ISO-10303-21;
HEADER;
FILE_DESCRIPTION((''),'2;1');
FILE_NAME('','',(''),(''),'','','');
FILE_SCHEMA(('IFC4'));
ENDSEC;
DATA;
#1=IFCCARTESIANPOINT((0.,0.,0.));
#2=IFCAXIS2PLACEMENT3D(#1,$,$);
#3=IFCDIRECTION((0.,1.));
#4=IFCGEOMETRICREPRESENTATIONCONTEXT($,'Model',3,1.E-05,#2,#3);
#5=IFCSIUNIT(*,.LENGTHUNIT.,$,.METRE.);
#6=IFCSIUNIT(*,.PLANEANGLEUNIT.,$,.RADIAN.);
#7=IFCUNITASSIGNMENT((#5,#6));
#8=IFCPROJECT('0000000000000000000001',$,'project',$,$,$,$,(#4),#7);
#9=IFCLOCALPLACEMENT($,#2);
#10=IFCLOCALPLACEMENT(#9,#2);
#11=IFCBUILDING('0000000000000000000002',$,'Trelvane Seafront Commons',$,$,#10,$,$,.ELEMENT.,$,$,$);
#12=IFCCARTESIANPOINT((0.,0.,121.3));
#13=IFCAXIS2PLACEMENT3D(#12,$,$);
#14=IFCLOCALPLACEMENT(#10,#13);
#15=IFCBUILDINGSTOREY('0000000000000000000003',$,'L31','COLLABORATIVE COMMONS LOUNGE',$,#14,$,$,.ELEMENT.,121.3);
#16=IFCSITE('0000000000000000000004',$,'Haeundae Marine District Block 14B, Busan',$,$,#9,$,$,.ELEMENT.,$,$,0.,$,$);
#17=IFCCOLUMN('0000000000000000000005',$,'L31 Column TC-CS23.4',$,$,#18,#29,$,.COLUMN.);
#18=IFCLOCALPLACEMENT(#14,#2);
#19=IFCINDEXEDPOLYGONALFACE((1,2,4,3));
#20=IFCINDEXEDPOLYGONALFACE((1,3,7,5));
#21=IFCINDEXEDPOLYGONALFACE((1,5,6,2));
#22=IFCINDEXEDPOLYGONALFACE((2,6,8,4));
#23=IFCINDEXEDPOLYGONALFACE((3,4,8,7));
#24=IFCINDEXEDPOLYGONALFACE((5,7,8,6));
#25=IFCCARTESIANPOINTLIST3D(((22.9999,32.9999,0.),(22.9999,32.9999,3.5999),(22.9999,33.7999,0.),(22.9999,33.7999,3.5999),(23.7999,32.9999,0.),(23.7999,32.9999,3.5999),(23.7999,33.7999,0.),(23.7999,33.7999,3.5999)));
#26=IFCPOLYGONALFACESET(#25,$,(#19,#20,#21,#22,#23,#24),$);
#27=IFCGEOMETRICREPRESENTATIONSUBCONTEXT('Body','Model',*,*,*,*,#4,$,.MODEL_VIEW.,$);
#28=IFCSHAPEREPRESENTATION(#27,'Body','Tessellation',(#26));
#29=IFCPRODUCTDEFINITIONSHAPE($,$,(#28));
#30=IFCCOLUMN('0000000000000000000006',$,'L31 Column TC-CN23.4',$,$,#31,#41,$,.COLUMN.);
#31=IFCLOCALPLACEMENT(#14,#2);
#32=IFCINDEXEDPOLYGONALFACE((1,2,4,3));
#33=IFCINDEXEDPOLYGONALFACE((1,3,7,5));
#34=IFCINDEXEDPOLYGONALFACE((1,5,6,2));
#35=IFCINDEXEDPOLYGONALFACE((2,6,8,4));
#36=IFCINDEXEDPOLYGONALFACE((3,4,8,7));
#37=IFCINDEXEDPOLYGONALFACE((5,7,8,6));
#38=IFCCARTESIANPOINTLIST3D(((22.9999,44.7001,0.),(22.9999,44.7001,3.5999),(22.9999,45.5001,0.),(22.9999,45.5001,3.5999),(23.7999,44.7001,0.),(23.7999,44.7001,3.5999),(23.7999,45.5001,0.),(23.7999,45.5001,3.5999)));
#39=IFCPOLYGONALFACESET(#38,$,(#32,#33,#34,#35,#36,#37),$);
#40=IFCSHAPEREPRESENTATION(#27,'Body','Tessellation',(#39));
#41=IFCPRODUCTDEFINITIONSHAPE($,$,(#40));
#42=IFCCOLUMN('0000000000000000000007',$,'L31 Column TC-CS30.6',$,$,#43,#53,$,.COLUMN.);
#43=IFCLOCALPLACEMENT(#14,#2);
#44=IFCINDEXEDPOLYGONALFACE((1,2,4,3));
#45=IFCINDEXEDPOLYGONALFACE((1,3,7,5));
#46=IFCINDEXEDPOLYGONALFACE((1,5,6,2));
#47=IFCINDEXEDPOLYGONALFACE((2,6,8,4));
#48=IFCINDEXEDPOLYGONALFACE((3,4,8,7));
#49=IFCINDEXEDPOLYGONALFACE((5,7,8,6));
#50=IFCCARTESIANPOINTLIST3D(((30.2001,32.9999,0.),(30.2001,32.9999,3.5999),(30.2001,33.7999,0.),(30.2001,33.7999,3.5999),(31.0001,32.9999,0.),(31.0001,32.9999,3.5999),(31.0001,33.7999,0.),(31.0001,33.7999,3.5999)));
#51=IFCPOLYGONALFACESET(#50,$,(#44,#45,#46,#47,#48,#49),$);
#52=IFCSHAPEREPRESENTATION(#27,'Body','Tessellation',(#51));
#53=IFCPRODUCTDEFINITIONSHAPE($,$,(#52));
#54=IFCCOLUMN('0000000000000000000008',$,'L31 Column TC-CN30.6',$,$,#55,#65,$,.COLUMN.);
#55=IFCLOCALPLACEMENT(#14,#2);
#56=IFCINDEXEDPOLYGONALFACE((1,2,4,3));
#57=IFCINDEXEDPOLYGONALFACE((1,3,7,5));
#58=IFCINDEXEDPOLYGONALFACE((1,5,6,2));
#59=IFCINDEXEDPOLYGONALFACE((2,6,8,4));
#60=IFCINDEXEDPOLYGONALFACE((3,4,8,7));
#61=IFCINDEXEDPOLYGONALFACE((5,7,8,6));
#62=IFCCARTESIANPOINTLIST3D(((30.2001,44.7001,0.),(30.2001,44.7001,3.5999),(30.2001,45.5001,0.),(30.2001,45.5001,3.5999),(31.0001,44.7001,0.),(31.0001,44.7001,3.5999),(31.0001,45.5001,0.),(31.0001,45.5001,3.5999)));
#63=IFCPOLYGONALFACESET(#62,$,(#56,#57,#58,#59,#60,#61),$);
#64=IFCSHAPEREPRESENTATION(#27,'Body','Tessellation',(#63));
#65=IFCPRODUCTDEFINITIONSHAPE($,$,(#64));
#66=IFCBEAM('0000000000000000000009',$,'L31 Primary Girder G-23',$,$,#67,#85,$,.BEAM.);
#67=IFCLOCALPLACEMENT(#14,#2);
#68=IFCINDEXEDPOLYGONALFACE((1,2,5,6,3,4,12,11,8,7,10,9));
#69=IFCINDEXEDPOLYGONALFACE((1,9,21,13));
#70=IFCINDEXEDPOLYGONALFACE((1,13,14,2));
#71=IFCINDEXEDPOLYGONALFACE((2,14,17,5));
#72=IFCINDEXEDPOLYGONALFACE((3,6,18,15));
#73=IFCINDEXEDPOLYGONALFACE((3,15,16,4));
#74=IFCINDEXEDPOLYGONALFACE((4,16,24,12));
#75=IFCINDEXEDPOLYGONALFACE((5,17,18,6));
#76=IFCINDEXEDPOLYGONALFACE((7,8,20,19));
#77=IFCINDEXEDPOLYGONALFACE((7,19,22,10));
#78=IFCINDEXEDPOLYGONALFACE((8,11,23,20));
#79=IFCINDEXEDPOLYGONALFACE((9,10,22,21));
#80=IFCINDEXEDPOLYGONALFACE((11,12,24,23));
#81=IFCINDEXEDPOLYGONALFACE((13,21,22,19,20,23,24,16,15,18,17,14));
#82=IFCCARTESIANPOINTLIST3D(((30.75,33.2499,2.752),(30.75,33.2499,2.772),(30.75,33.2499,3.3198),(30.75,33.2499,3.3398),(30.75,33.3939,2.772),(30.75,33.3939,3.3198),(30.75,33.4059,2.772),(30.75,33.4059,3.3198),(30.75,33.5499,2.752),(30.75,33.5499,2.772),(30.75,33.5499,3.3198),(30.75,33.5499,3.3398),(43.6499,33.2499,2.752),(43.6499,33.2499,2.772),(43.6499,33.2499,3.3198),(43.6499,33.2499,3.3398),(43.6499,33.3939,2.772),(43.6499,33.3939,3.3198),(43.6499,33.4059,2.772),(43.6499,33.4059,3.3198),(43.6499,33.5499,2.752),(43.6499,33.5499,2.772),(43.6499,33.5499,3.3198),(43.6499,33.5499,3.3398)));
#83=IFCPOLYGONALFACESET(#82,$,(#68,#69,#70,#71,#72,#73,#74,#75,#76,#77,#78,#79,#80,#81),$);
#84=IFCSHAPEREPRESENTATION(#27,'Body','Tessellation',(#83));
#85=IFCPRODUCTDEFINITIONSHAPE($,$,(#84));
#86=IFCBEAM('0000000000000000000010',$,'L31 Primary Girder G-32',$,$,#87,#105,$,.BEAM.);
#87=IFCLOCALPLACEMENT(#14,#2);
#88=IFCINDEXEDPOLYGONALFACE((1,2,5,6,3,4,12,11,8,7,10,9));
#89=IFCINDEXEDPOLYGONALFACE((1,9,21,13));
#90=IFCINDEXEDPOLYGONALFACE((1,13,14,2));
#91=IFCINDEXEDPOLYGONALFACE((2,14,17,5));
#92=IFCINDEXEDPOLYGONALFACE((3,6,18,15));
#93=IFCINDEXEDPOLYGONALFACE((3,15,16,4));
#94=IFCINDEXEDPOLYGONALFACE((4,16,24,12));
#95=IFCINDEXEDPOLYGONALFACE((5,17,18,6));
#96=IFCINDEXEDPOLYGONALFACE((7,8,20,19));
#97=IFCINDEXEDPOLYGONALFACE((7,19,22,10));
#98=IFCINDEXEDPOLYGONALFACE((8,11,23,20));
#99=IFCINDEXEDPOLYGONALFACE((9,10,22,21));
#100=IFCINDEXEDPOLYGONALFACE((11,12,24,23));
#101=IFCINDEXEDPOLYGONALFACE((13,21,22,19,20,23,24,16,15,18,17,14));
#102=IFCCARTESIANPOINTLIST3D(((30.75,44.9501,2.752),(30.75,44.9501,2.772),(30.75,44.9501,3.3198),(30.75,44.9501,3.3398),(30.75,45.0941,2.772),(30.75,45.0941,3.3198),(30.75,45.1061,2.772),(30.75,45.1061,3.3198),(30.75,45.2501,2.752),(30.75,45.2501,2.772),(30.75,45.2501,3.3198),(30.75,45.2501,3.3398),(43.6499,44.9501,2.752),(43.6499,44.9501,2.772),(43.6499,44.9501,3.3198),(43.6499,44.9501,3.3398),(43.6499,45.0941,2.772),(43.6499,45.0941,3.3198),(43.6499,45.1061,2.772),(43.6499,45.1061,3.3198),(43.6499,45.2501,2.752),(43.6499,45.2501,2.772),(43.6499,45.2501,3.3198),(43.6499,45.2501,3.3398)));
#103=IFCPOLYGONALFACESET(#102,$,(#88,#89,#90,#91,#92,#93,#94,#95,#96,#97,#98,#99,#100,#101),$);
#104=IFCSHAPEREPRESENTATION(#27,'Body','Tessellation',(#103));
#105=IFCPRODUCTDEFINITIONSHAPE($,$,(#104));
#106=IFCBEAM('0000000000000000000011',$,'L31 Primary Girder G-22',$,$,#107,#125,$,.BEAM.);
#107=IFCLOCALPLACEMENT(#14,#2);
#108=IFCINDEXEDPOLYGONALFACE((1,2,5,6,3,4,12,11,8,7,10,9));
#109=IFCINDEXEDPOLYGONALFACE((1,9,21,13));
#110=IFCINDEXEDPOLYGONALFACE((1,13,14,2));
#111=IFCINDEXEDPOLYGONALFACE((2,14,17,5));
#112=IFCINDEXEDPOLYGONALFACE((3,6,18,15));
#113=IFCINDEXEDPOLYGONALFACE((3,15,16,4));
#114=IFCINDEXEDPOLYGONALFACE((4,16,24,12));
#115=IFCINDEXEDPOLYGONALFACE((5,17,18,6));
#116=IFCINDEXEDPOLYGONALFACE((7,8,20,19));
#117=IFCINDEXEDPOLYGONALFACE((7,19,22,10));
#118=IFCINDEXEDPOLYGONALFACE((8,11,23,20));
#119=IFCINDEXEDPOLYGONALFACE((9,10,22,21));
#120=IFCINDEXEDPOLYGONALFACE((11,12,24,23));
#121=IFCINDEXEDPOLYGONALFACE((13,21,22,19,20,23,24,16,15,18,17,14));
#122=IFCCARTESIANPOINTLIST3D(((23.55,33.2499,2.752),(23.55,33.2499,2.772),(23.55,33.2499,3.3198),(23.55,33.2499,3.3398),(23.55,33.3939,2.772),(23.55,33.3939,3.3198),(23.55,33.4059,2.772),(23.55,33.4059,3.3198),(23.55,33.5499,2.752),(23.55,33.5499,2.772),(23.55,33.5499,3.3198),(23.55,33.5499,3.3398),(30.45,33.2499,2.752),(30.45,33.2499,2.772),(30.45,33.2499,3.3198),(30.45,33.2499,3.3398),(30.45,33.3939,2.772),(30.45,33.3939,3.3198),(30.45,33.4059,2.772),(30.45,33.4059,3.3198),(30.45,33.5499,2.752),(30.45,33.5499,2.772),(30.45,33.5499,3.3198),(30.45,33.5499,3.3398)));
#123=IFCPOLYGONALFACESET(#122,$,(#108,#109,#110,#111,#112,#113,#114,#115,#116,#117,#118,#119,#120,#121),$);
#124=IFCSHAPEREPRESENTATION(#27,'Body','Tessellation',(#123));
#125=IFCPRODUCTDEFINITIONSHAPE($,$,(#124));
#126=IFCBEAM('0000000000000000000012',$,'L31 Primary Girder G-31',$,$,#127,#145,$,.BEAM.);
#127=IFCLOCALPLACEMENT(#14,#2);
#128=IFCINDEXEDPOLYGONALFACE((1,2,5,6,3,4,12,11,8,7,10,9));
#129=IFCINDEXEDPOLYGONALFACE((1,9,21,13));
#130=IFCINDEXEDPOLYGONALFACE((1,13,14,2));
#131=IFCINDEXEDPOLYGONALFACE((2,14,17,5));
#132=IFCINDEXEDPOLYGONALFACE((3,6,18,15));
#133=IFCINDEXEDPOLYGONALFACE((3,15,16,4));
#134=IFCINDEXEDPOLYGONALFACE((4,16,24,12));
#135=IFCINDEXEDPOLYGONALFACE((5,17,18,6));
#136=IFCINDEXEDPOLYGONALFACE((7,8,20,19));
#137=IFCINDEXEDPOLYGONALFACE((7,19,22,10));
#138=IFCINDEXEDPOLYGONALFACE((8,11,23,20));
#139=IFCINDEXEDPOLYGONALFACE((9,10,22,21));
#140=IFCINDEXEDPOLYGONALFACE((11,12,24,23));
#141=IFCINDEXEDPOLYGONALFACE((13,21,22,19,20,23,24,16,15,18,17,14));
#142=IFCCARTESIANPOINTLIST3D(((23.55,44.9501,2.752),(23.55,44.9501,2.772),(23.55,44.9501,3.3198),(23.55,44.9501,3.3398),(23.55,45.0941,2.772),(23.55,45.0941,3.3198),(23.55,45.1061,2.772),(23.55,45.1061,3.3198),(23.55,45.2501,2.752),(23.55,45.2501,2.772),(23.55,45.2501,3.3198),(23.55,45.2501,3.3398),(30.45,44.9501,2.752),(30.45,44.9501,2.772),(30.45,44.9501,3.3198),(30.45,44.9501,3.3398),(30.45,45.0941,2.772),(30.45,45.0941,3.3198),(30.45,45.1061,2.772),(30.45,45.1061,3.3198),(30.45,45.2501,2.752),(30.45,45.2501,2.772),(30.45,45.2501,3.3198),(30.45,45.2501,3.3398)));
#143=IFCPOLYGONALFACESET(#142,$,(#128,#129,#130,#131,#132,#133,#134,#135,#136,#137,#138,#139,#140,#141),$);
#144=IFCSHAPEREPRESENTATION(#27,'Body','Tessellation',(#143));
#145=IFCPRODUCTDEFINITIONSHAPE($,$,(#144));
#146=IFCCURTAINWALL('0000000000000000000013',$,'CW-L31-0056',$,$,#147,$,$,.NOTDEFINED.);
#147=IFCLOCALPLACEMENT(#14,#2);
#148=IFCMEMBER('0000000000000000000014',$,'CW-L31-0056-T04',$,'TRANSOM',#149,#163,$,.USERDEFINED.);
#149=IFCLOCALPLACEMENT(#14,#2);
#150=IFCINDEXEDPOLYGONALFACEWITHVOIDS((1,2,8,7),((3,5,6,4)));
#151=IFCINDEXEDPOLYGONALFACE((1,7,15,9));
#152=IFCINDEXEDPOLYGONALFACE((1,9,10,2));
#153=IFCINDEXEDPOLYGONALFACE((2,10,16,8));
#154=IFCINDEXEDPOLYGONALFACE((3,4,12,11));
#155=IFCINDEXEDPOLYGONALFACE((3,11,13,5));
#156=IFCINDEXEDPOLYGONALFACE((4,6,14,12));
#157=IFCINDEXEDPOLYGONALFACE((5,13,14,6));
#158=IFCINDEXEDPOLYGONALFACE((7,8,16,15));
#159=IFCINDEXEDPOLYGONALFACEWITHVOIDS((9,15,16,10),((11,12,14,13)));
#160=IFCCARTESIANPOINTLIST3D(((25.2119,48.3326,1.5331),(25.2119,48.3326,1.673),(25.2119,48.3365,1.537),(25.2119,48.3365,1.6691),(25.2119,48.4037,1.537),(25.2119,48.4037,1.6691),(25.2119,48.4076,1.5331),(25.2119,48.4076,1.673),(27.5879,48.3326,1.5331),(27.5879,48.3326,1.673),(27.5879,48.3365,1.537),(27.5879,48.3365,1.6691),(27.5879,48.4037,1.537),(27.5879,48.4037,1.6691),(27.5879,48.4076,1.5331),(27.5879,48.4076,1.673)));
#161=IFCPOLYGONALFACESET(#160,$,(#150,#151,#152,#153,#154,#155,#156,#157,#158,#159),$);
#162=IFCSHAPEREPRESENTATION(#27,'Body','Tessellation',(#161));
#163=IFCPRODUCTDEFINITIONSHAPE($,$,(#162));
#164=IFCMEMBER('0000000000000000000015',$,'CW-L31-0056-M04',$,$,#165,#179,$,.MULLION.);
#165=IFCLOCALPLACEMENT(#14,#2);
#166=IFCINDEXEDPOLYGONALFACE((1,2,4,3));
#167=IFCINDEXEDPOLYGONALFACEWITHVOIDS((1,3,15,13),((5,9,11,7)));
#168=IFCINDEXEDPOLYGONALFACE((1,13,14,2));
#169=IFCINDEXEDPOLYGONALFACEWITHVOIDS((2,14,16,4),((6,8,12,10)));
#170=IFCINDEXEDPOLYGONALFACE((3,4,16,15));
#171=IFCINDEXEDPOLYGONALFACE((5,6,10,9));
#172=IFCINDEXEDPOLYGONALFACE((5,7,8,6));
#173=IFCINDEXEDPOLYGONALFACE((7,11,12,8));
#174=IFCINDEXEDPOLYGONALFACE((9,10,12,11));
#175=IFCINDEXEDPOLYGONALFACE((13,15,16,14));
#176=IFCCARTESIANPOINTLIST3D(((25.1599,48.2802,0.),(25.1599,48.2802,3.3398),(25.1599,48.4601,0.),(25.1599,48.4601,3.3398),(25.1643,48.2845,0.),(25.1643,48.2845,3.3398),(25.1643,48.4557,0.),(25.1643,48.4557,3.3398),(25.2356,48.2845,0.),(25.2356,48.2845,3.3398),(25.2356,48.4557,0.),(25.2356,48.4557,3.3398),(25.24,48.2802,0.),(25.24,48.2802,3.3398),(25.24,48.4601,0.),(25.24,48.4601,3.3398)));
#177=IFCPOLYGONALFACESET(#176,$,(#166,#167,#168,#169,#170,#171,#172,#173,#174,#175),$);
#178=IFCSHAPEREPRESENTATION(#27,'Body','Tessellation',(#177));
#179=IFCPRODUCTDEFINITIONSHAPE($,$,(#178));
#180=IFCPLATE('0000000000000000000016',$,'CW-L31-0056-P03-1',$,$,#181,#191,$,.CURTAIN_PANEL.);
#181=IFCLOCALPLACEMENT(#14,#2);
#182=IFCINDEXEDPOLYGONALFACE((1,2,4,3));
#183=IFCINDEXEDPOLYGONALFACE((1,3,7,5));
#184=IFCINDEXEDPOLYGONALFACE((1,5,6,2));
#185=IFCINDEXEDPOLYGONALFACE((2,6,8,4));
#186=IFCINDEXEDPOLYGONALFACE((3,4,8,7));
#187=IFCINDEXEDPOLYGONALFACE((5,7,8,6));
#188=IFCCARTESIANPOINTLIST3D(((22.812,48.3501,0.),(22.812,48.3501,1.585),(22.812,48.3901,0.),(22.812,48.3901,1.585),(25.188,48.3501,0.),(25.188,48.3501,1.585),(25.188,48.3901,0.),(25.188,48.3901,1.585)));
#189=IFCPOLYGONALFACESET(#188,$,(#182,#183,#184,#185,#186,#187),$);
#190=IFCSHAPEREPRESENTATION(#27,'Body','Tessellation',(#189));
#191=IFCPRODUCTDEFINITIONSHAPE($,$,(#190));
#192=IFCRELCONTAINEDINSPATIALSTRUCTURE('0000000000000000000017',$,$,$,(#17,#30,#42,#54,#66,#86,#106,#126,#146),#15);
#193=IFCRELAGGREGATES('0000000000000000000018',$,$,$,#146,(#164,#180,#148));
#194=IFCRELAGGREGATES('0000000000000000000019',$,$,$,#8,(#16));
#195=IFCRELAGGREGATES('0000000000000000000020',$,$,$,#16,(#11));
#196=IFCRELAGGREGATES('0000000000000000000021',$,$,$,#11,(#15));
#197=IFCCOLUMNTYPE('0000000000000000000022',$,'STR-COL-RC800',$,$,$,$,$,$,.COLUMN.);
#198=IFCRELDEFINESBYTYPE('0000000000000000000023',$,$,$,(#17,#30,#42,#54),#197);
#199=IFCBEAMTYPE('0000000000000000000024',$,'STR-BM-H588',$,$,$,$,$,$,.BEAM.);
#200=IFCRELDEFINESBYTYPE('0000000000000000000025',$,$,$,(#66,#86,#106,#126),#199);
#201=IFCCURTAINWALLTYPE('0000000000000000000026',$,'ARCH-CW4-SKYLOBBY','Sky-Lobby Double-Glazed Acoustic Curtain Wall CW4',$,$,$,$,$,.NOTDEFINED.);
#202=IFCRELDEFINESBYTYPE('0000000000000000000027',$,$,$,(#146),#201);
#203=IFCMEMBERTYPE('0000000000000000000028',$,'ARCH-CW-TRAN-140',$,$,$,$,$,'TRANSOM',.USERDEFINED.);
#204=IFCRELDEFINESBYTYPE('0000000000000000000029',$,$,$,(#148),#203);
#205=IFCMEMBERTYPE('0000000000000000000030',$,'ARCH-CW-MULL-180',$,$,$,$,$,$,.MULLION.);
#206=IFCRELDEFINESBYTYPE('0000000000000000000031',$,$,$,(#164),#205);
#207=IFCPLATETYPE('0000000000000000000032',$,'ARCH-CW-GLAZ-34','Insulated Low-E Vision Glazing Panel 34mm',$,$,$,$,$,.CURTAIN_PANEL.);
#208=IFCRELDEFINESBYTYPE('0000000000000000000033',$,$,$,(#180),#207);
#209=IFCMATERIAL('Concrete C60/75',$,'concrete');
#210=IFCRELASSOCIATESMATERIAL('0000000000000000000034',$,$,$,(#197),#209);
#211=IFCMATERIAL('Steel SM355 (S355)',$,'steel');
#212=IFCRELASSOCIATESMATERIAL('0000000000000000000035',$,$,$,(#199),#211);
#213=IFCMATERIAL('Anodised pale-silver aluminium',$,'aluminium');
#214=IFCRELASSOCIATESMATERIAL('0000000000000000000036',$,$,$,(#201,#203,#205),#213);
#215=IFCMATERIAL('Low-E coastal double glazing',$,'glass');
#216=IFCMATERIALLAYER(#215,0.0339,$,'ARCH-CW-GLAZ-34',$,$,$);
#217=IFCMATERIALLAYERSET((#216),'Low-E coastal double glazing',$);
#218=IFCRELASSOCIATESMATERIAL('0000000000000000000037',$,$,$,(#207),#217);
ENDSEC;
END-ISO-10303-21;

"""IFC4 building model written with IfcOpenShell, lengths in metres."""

from ifc_helpers import new_model, si_unit, direction, frame, origin, origin_2d, place, context, subcontext, project, spatial, rectangle, hollow_rectangle, i_section, extrude, source, transform, mapped, material, layer, layer_set, material_profile, profile_set, type_object, element, aggregate, save


model = new_model("IFC4")

# Units and contexts
model_context = context("Model", 3, precision=1e-05, world=origin(), true_north=direction((0.0, 1.0)))
body_context = subcontext(model_context, "Body", "Model", "MODEL_VIEW")
ifc_project = project(units=[si_unit("LENGTHUNIT", "METRE"), si_unit("PLANEANGLEUNIT", "RADIAN")], contexts=[model_context])

# Site, building, storey
site_placement = place(None, origin())
site = spatial("IfcSite", under=ifc_project, at=site_placement, Name="Haeundae Marine District Block 14B, Busan", CompositionType="ELEMENT", RefElevation=0.0)
building_placement = place(site_placement, origin())
building = spatial("IfcBuilding", under=site, at=building_placement, Name="Trelvane Seafront Commons", CompositionType="ELEMENT")
storey_placement = place(building_placement, frame((0.0, 0.0, 121.3)))
storey = spatial("IfcBuildingStorey", under=building, at=storey_placement, Name="L31", Description="COLLABORATIVE COMMONS LOUNGE", CompositionType="ELEMENT", Elevation=121.3)

# Columns
ifc_material_1 = material(Name="Concrete C60/75", Category="concrete")
ifc_material_profile_1 = material_profile(ifc_material_1, rectangle(XDim=0.8, YDim=0.8, at=origin_2d()), Name="RC-800x800")
ifc_profile_set_1 = profile_set([ifc_material_profile_1], Name="Concrete C60/75")
column_type = type_object("IfcColumnType", Name="STR-COL-RC800", PredefinedType="COLUMN", material=ifc_profile_set_1)
shared_shape_1 = source(origin(), body_context, "Body", "SweptSolid", [
    extrude(rectangle(XDim=0.8, YDim=0.8, at=origin_2d()), origin(), (0.0, 0.0, 1.0), 3.5999),
])
for number, where, z_axis, x_axis, name in (
    (1, (23.3999, 33.3999, 0.0), (0.0, 0.0, 1.0), (1.0, 0.0, 0.0), "L31 Column TC-CS23.4"),
    (2, (23.3999, 45.1001, 0.0), (0.0, 0.0, 1.0), (1.0, 0.0, 0.0), "L31 Column TC-CN23.4"),
    (3, (30.6001, 33.3999, 0.0), (0.0, 0.0, 1.0), (1.0, 0.0, 0.0), "L31 Column TC-CS30.6"),
    (4, (30.6001, 45.1001, 0.0), (0.0, 0.0, 1.0), (1.0, 0.0, 0.0), "L31 Column TC-CN30.6"),
):
    element("IfcColumn", number, at=place(storey_placement, frame(where, z_axis=z_axis, x_axis=x_axis)), inside=storey, type_object=column_type, Name=name, PredefinedType="COLUMN", context=body_context, shape_type="MappedRepresentation", body=[
        mapped(shared_shape_1, transform((0.0, 0.0, 0.0), x_axis=(1.0, 0.0, 0.0), y_axis=(0.0, 1.0, 0.0), z_axis=(0.0, 0.0, 1.0), scale=1.0)),
    ])

# Beams
ifc_material_2 = material(Name="Steel SM355 (S355)", Category="steel")
ifc_material_profile_2 = material_profile(ifc_material_2, i_section(OverallWidth=0.3, OverallDepth=0.5879, WebThickness=0.012, FlangeThickness=0.02, at=origin_2d()), Name="H-588x300x12x20")
ifc_profile_set_2 = profile_set([ifc_material_profile_2], Name="Steel SM355 (S355)")
beam_type = type_object("IfcBeamType", Name="STR-BM-H588", PredefinedType="BEAM", material=ifc_profile_set_2)
shared_shape_2 = source(origin(), body_context, "Body", "SweptSolid", [
    extrude(i_section(OverallWidth=0.3, OverallDepth=0.5879, WebThickness=0.012, FlangeThickness=0.02, at=origin_2d()), origin(), (0.0, 0.0, 1.0), 12.8999),
])
for number, where, z_axis, x_axis, name in (
    (5, (30.75, 33.3999, 3.0459), (1.0, 0.0, 0.0), (0.0, 1.0, 0.0), "L31 Primary Girder G-23"),
    (6, (30.75, 45.1001, 3.0459), (1.0, 0.0, 0.0), (0.0, 1.0, 0.0), "L31 Primary Girder G-32"),
):
    element("IfcBeam", number, at=place(storey_placement, frame(where, z_axis=z_axis, x_axis=x_axis)), inside=storey, type_object=beam_type, Name=name, PredefinedType="BEAM", context=body_context, shape_type="MappedRepresentation", body=[
        mapped(shared_shape_2, transform((0.0, 0.0, 0.0), x_axis=(1.0, 0.0, 0.0), y_axis=(0.0, 1.0, 0.0), z_axis=(0.0, 0.0, 1.0), scale=1.0)),
    ])
shared_shape_3 = source(origin(), body_context, "Body", "SweptSolid", [
    extrude(i_section(OverallWidth=0.3, OverallDepth=0.5879, WebThickness=0.012, FlangeThickness=0.02, at=origin_2d()), origin(), (0.0, 0.0, 1.0), 6.8999),
])
for number, where, z_axis, x_axis, name in (
    (7, (23.55, 33.3999, 3.0459), (1.0, 0.0, 0.0), (0.0, 1.0, 0.0), "L31 Primary Girder G-22"),
    (8, (23.55, 45.1001, 3.0459), (1.0, 0.0, 0.0), (0.0, 1.0, 0.0), "L31 Primary Girder G-31"),
):
    element("IfcBeam", number, at=place(storey_placement, frame(where, z_axis=z_axis, x_axis=x_axis)), inside=storey, type_object=beam_type, Name=name, PredefinedType="BEAM", context=body_context, shape_type="MappedRepresentation", body=[
        mapped(shared_shape_3, transform((0.0, 0.0, 0.0), x_axis=(1.0, 0.0, 0.0), y_axis=(0.0, 1.0, 0.0), z_axis=(0.0, 0.0, 1.0), scale=1.0)),
    ])

# Curtain wall, members, plate
ifc_material_3 = material(Name="Anodised pale-silver aluminium", Category="aluminium")
curtain_wall_type = type_object("IfcCurtainWallType", Name="ARCH-CW4-SKYLOBBY", Description="Sky-Lobby Double-Glazed Acoustic Curtain Wall CW4", PredefinedType="NOTDEFINED", material=ifc_material_3)
curtain_wall_placement = place(storey_placement, origin())
curtain_wall = element("IfcCurtainWall", 9, at=curtain_wall_placement, inside=storey, type_object=curtain_wall_type, Name="CW-L31-0056", PredefinedType="NOTDEFINED")
ifc_material_profile_3 = material_profile(ifc_material_3, hollow_rectangle(XDim=0.075, YDim=0.1399, WallThickness=0.0039, at=origin_2d()), Name="TRAN-75x140x4")
ifc_profile_set_3 = profile_set([ifc_material_profile_3], Name="Anodised pale-silver aluminium")
member_type_1 = type_object("IfcMemberType", Name="ARCH-CW-TRAN-140", ElementType="TRANSOM", PredefinedType="USERDEFINED", material=ifc_profile_set_3)
shared_shape_4 = source(origin(), body_context, "Body", "SweptSolid", [
    extrude(hollow_rectangle(XDim=0.075, YDim=0.1399, WallThickness=0.0039, at=origin_2d()), origin(), (0.0, 0.0, 1.0), 2.376),
])
member_1_placement = place(storey_placement, frame((25.2119, 48.3701, 1.603), z_axis=(1.0, 0.0, 0.0), x_axis=(0.0, 1.0, 0.0)))
member_1 = element("IfcMember", 10, at=member_1_placement, type_object=member_type_1, Name="CW-L31-0056-T04", ObjectType="TRANSOM", PredefinedType="USERDEFINED", context=body_context, shape_type="MappedRepresentation", body=[
    mapped(shared_shape_4, transform((0.0, 0.0, 0.0), x_axis=(1.0, 0.0, 0.0), y_axis=(0.0, 1.0, 0.0), z_axis=(0.0, 0.0, 1.0), scale=1.0)),
])
ifc_material_profile_4 = material_profile(ifc_material_3, hollow_rectangle(XDim=0.0801, YDim=0.1799, WallThickness=0.0044, at=origin_2d()), Name="MULL-80x180x4.5")
ifc_profile_set_4 = profile_set([ifc_material_profile_4], Name="Anodised pale-silver aluminium")
member_type_2 = type_object("IfcMemberType", Name="ARCH-CW-MULL-180", PredefinedType="MULLION", material=ifc_profile_set_4)
shared_shape_5 = source(origin(), body_context, "Body", "SweptSolid", [
    extrude(hollow_rectangle(XDim=0.0801, YDim=0.1799, WallThickness=0.0044, at=origin_2d()), origin(), (0.0, 0.0, 1.0), 3.3398),
])
member_2_placement = place(storey_placement, frame((25.2, 48.3701, 0.0), z_axis=(0.0, 0.0, 1.0), x_axis=(1.0, 0.0, 0.0)))
member_2 = element("IfcMember", 11, at=member_2_placement, type_object=member_type_2, Name="CW-L31-0056-M04", PredefinedType="MULLION", context=body_context, shape_type="MappedRepresentation", body=[
    mapped(shared_shape_5, transform((0.0, 0.0, 0.0), x_axis=(1.0, 0.0, 0.0), y_axis=(0.0, 1.0, 0.0), z_axis=(0.0, 0.0, 1.0), scale=1.0)),
])
ifc_material_4 = material(Name="Low-E coastal double glazing", Category="glass")
ifc_layer_1 = layer(ifc_material_4, 0.0339, Name="ARCH-CW-GLAZ-34")
ifc_layer_set_1 = layer_set([ifc_layer_1], Name="Low-E coastal double glazing")
plate_type = type_object("IfcPlateType", Name="ARCH-CW-GLAZ-34", Description="Insulated Low-E Vision Glazing Panel 34mm", PredefinedType="CURTAIN_PANEL", material=ifc_layer_set_1)
shared_shape_6 = source(origin(), body_context, "Body", "SweptSolid", [
    extrude(rectangle(XDim=2.376, YDim=0.04, at=origin_2d()), origin(), (0.0, 0.0, 1.0), 1.585),
])
plate_1_placement = place(storey_placement, frame((24.0, 48.3701, 0.0), z_axis=(0.0, 0.0, 1.0), x_axis=(1.0, 0.0, 0.0)))
plate_1 = element("IfcPlate", 12, at=plate_1_placement, type_object=plate_type, Name="CW-L31-0056-P03-1", PredefinedType="CURTAIN_PANEL", context=body_context, shape_type="MappedRepresentation", body=[
    mapped(shared_shape_6, transform((0.0, 0.0, 0.0), x_axis=(1.0, 0.0, 0.0), y_axis=(0.0, 1.0, 0.0), z_axis=(0.0, 0.0, 1.0), scale=1.0)),
])
aggregate(curtain_wall, [member_2, plate_1, member_1])

save(model, "model.ifc")
